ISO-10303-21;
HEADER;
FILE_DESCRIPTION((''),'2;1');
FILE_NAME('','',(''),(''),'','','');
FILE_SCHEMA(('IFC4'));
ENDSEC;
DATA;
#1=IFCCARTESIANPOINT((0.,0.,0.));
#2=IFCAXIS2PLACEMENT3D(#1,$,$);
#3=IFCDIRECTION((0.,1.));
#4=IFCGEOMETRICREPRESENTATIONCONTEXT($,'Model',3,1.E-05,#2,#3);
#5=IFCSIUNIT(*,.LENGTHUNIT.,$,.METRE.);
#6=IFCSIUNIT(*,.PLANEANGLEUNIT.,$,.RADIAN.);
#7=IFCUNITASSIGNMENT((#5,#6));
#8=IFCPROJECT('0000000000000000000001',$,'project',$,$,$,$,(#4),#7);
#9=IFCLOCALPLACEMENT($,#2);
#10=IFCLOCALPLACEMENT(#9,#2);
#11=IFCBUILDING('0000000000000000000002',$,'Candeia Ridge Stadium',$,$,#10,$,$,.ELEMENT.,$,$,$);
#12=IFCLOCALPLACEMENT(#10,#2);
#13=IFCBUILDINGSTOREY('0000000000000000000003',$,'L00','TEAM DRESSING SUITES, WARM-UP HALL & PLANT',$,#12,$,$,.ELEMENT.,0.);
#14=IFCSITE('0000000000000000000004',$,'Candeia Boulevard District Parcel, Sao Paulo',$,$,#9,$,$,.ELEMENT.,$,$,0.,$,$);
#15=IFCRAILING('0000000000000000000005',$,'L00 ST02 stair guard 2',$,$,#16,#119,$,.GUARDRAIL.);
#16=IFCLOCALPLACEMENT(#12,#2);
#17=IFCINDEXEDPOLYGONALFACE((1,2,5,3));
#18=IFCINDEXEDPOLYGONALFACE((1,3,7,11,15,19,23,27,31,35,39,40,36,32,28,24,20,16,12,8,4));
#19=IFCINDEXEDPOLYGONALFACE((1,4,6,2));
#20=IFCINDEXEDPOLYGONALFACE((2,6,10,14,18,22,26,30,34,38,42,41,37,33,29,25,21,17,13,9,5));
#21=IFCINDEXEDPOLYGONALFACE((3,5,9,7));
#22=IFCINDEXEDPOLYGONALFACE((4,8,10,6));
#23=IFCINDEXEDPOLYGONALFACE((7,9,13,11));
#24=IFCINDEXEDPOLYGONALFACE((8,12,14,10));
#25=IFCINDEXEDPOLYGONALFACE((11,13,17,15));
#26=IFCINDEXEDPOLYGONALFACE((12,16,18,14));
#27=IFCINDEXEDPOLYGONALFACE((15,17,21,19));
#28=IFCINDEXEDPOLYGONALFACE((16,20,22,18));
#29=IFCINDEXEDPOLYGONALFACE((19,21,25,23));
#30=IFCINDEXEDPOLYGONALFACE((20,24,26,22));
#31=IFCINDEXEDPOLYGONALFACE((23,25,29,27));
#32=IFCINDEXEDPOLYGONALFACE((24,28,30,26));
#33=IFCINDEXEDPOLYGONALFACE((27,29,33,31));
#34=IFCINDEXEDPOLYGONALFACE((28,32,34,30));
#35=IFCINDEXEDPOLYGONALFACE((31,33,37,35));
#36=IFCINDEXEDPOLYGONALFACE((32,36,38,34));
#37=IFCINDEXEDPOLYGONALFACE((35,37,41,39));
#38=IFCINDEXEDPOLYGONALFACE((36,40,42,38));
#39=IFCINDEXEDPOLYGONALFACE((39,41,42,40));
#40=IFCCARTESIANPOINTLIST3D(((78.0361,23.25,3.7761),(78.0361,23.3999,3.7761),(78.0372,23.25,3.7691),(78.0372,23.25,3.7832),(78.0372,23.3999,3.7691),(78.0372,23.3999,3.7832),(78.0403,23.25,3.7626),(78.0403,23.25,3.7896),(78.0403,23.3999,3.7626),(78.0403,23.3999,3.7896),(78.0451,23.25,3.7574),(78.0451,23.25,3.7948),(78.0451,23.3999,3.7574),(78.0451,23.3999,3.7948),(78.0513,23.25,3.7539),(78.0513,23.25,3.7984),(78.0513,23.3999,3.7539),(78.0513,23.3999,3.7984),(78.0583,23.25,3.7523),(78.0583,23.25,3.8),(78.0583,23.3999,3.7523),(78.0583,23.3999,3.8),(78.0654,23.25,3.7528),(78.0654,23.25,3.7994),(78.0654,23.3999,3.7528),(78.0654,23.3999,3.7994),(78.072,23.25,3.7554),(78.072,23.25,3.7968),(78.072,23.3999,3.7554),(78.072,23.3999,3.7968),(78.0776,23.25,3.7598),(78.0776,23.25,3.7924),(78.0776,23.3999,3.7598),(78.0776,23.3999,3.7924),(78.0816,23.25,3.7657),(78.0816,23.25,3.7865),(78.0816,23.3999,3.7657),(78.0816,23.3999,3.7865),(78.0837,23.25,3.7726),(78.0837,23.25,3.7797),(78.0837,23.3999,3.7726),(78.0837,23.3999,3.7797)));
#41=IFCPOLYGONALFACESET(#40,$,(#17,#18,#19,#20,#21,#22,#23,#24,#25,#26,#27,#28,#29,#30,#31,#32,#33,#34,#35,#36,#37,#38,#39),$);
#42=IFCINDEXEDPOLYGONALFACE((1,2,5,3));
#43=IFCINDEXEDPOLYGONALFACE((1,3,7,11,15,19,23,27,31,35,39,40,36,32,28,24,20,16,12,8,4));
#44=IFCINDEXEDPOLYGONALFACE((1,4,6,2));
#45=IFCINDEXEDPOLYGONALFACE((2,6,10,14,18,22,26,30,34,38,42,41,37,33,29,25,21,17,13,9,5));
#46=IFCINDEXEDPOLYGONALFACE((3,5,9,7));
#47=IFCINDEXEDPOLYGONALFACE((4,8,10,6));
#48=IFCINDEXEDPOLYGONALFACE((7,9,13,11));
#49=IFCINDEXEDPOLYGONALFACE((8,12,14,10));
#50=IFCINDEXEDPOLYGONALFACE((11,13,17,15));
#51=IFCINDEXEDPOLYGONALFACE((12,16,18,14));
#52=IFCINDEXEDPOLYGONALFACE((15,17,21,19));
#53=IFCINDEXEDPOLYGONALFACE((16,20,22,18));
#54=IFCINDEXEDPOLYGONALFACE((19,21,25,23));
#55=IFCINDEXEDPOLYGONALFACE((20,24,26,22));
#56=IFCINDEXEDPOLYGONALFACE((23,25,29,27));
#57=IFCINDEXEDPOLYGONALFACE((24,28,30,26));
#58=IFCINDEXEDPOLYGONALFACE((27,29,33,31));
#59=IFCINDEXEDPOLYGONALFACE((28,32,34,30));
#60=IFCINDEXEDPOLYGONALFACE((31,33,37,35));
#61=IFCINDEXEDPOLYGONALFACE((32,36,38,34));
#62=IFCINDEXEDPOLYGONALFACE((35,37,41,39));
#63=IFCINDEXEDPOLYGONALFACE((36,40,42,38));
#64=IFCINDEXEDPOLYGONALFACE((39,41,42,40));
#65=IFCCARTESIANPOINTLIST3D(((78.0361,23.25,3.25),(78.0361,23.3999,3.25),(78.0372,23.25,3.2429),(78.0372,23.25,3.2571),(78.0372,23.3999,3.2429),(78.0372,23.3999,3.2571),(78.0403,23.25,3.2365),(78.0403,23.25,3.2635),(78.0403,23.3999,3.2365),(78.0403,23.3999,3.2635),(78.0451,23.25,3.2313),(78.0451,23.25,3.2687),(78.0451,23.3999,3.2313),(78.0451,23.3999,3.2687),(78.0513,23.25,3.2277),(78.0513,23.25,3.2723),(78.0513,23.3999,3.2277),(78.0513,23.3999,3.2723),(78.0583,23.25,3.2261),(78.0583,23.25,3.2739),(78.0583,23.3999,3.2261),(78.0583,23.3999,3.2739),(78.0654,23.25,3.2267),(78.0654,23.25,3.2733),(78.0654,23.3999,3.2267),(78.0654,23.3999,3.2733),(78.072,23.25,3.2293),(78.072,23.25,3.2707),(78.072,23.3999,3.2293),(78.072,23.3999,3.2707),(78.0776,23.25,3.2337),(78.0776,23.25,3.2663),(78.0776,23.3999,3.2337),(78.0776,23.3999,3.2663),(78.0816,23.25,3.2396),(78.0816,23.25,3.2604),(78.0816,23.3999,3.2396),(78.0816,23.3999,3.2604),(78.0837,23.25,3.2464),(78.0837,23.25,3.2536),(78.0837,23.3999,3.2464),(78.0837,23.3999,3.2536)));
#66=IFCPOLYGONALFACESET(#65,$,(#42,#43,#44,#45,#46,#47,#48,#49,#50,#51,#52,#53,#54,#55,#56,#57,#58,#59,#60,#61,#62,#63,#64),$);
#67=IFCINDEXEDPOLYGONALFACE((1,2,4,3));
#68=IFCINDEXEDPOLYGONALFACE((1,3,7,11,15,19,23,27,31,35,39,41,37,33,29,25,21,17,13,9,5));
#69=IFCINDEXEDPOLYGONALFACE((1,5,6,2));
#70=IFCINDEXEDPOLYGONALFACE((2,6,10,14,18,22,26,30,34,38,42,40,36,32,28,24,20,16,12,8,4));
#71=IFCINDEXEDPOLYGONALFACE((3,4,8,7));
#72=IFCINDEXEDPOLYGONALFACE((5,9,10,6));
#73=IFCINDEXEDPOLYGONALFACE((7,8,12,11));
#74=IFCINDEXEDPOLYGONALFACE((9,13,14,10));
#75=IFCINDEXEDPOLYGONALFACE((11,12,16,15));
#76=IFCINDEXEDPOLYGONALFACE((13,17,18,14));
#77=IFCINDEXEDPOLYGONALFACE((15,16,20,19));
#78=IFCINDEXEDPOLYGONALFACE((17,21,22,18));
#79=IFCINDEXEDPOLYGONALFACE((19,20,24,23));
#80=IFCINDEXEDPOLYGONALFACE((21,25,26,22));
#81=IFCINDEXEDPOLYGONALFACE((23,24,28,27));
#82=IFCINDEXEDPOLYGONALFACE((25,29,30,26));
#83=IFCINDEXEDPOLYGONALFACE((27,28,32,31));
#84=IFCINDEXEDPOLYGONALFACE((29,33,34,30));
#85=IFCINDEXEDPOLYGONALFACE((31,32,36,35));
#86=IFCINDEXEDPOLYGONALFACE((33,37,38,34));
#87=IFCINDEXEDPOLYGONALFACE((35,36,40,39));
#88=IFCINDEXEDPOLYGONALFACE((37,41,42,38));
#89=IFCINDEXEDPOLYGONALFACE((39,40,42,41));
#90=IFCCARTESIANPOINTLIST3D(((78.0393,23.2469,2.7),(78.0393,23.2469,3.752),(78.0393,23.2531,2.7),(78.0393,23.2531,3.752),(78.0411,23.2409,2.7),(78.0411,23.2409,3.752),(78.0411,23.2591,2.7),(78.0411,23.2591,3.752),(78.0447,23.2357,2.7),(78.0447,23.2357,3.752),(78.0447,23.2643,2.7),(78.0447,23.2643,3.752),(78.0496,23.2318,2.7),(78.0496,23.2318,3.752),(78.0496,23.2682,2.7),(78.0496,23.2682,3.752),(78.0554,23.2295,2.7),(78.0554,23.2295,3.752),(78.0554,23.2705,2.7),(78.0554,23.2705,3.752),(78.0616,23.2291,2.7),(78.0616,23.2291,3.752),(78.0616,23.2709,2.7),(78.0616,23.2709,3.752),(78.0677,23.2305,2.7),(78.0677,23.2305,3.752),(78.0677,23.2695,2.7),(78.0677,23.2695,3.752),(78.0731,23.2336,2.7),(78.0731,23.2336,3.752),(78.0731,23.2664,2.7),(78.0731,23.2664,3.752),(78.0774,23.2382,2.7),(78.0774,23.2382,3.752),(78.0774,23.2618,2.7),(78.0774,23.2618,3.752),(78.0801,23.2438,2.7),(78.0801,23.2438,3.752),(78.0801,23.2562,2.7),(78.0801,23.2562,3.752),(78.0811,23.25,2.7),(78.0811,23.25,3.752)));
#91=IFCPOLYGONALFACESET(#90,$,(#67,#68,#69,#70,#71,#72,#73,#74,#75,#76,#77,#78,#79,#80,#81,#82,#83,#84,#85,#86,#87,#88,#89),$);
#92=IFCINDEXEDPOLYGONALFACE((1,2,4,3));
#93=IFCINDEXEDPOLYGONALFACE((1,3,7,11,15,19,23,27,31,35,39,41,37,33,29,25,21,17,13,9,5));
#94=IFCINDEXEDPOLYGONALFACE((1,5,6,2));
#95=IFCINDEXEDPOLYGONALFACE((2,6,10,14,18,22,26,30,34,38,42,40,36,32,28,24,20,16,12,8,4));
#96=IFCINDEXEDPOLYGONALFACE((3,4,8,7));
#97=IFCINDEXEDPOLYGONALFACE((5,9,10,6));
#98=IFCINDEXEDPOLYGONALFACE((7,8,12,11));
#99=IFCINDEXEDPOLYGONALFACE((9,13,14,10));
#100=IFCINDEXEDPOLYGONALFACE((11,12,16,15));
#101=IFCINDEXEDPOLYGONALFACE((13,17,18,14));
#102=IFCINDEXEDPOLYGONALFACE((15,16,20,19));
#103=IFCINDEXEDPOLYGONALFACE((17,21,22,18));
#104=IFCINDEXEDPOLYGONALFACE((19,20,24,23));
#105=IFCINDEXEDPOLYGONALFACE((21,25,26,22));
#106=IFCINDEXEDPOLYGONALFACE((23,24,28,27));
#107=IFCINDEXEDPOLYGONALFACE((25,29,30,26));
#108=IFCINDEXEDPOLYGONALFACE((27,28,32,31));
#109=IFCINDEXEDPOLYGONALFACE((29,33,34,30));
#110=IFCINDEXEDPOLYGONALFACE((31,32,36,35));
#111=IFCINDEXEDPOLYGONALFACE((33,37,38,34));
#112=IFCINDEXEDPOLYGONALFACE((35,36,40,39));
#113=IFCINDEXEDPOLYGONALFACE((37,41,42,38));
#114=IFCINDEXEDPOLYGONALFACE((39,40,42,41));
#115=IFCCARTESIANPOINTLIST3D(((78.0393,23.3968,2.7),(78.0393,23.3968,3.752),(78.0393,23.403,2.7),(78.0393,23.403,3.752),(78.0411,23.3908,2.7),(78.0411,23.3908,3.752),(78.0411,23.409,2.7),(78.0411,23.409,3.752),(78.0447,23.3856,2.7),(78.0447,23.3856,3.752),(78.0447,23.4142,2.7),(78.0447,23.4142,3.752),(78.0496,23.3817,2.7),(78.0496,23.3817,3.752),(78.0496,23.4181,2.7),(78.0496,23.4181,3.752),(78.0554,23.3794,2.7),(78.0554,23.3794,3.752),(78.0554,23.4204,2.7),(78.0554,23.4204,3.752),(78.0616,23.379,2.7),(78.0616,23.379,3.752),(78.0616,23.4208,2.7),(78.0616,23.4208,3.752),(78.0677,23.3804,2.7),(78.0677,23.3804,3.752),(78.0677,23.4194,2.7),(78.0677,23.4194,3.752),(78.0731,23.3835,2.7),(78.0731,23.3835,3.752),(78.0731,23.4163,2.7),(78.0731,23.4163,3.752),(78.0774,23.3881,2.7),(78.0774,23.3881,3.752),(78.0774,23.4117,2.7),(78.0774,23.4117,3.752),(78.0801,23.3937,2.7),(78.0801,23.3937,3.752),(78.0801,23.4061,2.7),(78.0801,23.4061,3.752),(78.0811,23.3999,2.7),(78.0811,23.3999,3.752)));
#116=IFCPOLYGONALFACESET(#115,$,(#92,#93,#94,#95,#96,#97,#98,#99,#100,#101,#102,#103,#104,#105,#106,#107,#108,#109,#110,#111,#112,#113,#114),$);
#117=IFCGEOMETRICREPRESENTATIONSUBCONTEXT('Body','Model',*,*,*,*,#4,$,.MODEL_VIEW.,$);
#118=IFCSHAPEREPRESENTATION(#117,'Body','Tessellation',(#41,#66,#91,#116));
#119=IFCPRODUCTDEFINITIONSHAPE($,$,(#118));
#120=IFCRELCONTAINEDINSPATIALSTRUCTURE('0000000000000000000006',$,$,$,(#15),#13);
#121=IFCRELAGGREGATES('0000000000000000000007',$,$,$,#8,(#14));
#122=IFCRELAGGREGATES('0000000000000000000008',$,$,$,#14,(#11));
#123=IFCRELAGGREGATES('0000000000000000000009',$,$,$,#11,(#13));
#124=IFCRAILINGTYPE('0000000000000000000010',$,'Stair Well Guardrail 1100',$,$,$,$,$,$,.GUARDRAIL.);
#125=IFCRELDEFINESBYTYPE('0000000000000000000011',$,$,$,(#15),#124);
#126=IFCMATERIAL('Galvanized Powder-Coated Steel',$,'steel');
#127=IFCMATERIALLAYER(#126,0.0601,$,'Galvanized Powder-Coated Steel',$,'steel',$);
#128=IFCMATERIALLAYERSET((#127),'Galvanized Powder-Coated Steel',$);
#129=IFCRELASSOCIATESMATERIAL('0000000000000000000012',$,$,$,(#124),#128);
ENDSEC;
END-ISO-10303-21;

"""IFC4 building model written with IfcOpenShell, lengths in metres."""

from ifc_helpers import new_model, si_unit, direction, frame, origin, origin_2d, place, context, subcontext, project, spatial, circle, extrude, material, layer, layer_set, type_object, element, save


model = new_model("IFC4")

# Units and contexts
model_context = context("Model", 3, precision=1e-05, world=origin(), true_north=direction((0.0, 1.0)))
body_context = subcontext(model_context, "Body", "Model", "MODEL_VIEW")
ifc_project = project(units=[si_unit("LENGTHUNIT", "METRE"), si_unit("PLANEANGLEUNIT", "RADIAN")], contexts=[model_context])

# Site, building, storey
site_placement = place(None, origin())
site = spatial("IfcSite", under=ifc_project, at=site_placement, Name="Candeia Boulevard District Parcel, Sao Paulo", CompositionType="ELEMENT", RefElevation=0.0)
building_placement = place(site_placement, origin())
building = spatial("IfcBuilding", under=site, at=building_placement, Name="Candeia Ridge Stadium", CompositionType="ELEMENT")
storey_placement = place(building_placement, origin())
storey = spatial("IfcBuildingStorey", under=building, at=storey_placement, Name="L00", Description="TEAM DRESSING SUITES, WARM-UP HALL & PLANT", CompositionType="ELEMENT", Elevation=0.0)

# Railing
ifc_material_1 = material(Name="Galvanized Powder-Coated Steel", Category="steel")
ifc_layer_1 = layer(ifc_material_1, 0.0601, Name="Galvanized Powder-Coated Steel", Category="steel")
ifc_layer_set_1 = layer_set([ifc_layer_1], Name="Galvanized Powder-Coated Steel")
railing_type_1 = type_object("IfcRailingType", Name="Stair Well Guardrail 1100", PredefinedType="GUARDRAIL", material=ifc_layer_set_1)
railing_1_placement = place(storey_placement, frame((78.0601, 23.25, 2.7)))
element("IfcRailing", 1, at=railing_1_placement, inside=storey, type_object=railing_type_1, Name="L00 ST02 stair guard 2", PredefinedType="GUARDRAIL", context=body_context, shape_type="SweptSolid", body=[
    extrude(circle(Radius=0.0239, at=origin_2d()), frame((0.0, 0.0, 1.0762), z_axis=(0.0, 1.0, 0.0), x_axis=(-1.0, 0.0, 0.0)), (0.0, 0.0, 1.0), 0.1499),
    extrude(circle(Radius=0.0239, at=origin_2d()), frame((0.0, 0.0, 0.55), z_axis=(0.0, 1.0, 0.0), x_axis=(-1.0, 0.0, 0.0)), (0.0, 0.0, 1.0), 0.1499),
    extrude(circle(Radius=0.021, at=origin_2d()), origin(), (0.0, 0.0, 1.0), 1.052),
    extrude(circle(Radius=0.021, at=origin_2d()), frame((0.0, 0.1499, 0.0)), (0.0, 0.0, 1.0), 1.052),
])

save(model, "model.ifc")
